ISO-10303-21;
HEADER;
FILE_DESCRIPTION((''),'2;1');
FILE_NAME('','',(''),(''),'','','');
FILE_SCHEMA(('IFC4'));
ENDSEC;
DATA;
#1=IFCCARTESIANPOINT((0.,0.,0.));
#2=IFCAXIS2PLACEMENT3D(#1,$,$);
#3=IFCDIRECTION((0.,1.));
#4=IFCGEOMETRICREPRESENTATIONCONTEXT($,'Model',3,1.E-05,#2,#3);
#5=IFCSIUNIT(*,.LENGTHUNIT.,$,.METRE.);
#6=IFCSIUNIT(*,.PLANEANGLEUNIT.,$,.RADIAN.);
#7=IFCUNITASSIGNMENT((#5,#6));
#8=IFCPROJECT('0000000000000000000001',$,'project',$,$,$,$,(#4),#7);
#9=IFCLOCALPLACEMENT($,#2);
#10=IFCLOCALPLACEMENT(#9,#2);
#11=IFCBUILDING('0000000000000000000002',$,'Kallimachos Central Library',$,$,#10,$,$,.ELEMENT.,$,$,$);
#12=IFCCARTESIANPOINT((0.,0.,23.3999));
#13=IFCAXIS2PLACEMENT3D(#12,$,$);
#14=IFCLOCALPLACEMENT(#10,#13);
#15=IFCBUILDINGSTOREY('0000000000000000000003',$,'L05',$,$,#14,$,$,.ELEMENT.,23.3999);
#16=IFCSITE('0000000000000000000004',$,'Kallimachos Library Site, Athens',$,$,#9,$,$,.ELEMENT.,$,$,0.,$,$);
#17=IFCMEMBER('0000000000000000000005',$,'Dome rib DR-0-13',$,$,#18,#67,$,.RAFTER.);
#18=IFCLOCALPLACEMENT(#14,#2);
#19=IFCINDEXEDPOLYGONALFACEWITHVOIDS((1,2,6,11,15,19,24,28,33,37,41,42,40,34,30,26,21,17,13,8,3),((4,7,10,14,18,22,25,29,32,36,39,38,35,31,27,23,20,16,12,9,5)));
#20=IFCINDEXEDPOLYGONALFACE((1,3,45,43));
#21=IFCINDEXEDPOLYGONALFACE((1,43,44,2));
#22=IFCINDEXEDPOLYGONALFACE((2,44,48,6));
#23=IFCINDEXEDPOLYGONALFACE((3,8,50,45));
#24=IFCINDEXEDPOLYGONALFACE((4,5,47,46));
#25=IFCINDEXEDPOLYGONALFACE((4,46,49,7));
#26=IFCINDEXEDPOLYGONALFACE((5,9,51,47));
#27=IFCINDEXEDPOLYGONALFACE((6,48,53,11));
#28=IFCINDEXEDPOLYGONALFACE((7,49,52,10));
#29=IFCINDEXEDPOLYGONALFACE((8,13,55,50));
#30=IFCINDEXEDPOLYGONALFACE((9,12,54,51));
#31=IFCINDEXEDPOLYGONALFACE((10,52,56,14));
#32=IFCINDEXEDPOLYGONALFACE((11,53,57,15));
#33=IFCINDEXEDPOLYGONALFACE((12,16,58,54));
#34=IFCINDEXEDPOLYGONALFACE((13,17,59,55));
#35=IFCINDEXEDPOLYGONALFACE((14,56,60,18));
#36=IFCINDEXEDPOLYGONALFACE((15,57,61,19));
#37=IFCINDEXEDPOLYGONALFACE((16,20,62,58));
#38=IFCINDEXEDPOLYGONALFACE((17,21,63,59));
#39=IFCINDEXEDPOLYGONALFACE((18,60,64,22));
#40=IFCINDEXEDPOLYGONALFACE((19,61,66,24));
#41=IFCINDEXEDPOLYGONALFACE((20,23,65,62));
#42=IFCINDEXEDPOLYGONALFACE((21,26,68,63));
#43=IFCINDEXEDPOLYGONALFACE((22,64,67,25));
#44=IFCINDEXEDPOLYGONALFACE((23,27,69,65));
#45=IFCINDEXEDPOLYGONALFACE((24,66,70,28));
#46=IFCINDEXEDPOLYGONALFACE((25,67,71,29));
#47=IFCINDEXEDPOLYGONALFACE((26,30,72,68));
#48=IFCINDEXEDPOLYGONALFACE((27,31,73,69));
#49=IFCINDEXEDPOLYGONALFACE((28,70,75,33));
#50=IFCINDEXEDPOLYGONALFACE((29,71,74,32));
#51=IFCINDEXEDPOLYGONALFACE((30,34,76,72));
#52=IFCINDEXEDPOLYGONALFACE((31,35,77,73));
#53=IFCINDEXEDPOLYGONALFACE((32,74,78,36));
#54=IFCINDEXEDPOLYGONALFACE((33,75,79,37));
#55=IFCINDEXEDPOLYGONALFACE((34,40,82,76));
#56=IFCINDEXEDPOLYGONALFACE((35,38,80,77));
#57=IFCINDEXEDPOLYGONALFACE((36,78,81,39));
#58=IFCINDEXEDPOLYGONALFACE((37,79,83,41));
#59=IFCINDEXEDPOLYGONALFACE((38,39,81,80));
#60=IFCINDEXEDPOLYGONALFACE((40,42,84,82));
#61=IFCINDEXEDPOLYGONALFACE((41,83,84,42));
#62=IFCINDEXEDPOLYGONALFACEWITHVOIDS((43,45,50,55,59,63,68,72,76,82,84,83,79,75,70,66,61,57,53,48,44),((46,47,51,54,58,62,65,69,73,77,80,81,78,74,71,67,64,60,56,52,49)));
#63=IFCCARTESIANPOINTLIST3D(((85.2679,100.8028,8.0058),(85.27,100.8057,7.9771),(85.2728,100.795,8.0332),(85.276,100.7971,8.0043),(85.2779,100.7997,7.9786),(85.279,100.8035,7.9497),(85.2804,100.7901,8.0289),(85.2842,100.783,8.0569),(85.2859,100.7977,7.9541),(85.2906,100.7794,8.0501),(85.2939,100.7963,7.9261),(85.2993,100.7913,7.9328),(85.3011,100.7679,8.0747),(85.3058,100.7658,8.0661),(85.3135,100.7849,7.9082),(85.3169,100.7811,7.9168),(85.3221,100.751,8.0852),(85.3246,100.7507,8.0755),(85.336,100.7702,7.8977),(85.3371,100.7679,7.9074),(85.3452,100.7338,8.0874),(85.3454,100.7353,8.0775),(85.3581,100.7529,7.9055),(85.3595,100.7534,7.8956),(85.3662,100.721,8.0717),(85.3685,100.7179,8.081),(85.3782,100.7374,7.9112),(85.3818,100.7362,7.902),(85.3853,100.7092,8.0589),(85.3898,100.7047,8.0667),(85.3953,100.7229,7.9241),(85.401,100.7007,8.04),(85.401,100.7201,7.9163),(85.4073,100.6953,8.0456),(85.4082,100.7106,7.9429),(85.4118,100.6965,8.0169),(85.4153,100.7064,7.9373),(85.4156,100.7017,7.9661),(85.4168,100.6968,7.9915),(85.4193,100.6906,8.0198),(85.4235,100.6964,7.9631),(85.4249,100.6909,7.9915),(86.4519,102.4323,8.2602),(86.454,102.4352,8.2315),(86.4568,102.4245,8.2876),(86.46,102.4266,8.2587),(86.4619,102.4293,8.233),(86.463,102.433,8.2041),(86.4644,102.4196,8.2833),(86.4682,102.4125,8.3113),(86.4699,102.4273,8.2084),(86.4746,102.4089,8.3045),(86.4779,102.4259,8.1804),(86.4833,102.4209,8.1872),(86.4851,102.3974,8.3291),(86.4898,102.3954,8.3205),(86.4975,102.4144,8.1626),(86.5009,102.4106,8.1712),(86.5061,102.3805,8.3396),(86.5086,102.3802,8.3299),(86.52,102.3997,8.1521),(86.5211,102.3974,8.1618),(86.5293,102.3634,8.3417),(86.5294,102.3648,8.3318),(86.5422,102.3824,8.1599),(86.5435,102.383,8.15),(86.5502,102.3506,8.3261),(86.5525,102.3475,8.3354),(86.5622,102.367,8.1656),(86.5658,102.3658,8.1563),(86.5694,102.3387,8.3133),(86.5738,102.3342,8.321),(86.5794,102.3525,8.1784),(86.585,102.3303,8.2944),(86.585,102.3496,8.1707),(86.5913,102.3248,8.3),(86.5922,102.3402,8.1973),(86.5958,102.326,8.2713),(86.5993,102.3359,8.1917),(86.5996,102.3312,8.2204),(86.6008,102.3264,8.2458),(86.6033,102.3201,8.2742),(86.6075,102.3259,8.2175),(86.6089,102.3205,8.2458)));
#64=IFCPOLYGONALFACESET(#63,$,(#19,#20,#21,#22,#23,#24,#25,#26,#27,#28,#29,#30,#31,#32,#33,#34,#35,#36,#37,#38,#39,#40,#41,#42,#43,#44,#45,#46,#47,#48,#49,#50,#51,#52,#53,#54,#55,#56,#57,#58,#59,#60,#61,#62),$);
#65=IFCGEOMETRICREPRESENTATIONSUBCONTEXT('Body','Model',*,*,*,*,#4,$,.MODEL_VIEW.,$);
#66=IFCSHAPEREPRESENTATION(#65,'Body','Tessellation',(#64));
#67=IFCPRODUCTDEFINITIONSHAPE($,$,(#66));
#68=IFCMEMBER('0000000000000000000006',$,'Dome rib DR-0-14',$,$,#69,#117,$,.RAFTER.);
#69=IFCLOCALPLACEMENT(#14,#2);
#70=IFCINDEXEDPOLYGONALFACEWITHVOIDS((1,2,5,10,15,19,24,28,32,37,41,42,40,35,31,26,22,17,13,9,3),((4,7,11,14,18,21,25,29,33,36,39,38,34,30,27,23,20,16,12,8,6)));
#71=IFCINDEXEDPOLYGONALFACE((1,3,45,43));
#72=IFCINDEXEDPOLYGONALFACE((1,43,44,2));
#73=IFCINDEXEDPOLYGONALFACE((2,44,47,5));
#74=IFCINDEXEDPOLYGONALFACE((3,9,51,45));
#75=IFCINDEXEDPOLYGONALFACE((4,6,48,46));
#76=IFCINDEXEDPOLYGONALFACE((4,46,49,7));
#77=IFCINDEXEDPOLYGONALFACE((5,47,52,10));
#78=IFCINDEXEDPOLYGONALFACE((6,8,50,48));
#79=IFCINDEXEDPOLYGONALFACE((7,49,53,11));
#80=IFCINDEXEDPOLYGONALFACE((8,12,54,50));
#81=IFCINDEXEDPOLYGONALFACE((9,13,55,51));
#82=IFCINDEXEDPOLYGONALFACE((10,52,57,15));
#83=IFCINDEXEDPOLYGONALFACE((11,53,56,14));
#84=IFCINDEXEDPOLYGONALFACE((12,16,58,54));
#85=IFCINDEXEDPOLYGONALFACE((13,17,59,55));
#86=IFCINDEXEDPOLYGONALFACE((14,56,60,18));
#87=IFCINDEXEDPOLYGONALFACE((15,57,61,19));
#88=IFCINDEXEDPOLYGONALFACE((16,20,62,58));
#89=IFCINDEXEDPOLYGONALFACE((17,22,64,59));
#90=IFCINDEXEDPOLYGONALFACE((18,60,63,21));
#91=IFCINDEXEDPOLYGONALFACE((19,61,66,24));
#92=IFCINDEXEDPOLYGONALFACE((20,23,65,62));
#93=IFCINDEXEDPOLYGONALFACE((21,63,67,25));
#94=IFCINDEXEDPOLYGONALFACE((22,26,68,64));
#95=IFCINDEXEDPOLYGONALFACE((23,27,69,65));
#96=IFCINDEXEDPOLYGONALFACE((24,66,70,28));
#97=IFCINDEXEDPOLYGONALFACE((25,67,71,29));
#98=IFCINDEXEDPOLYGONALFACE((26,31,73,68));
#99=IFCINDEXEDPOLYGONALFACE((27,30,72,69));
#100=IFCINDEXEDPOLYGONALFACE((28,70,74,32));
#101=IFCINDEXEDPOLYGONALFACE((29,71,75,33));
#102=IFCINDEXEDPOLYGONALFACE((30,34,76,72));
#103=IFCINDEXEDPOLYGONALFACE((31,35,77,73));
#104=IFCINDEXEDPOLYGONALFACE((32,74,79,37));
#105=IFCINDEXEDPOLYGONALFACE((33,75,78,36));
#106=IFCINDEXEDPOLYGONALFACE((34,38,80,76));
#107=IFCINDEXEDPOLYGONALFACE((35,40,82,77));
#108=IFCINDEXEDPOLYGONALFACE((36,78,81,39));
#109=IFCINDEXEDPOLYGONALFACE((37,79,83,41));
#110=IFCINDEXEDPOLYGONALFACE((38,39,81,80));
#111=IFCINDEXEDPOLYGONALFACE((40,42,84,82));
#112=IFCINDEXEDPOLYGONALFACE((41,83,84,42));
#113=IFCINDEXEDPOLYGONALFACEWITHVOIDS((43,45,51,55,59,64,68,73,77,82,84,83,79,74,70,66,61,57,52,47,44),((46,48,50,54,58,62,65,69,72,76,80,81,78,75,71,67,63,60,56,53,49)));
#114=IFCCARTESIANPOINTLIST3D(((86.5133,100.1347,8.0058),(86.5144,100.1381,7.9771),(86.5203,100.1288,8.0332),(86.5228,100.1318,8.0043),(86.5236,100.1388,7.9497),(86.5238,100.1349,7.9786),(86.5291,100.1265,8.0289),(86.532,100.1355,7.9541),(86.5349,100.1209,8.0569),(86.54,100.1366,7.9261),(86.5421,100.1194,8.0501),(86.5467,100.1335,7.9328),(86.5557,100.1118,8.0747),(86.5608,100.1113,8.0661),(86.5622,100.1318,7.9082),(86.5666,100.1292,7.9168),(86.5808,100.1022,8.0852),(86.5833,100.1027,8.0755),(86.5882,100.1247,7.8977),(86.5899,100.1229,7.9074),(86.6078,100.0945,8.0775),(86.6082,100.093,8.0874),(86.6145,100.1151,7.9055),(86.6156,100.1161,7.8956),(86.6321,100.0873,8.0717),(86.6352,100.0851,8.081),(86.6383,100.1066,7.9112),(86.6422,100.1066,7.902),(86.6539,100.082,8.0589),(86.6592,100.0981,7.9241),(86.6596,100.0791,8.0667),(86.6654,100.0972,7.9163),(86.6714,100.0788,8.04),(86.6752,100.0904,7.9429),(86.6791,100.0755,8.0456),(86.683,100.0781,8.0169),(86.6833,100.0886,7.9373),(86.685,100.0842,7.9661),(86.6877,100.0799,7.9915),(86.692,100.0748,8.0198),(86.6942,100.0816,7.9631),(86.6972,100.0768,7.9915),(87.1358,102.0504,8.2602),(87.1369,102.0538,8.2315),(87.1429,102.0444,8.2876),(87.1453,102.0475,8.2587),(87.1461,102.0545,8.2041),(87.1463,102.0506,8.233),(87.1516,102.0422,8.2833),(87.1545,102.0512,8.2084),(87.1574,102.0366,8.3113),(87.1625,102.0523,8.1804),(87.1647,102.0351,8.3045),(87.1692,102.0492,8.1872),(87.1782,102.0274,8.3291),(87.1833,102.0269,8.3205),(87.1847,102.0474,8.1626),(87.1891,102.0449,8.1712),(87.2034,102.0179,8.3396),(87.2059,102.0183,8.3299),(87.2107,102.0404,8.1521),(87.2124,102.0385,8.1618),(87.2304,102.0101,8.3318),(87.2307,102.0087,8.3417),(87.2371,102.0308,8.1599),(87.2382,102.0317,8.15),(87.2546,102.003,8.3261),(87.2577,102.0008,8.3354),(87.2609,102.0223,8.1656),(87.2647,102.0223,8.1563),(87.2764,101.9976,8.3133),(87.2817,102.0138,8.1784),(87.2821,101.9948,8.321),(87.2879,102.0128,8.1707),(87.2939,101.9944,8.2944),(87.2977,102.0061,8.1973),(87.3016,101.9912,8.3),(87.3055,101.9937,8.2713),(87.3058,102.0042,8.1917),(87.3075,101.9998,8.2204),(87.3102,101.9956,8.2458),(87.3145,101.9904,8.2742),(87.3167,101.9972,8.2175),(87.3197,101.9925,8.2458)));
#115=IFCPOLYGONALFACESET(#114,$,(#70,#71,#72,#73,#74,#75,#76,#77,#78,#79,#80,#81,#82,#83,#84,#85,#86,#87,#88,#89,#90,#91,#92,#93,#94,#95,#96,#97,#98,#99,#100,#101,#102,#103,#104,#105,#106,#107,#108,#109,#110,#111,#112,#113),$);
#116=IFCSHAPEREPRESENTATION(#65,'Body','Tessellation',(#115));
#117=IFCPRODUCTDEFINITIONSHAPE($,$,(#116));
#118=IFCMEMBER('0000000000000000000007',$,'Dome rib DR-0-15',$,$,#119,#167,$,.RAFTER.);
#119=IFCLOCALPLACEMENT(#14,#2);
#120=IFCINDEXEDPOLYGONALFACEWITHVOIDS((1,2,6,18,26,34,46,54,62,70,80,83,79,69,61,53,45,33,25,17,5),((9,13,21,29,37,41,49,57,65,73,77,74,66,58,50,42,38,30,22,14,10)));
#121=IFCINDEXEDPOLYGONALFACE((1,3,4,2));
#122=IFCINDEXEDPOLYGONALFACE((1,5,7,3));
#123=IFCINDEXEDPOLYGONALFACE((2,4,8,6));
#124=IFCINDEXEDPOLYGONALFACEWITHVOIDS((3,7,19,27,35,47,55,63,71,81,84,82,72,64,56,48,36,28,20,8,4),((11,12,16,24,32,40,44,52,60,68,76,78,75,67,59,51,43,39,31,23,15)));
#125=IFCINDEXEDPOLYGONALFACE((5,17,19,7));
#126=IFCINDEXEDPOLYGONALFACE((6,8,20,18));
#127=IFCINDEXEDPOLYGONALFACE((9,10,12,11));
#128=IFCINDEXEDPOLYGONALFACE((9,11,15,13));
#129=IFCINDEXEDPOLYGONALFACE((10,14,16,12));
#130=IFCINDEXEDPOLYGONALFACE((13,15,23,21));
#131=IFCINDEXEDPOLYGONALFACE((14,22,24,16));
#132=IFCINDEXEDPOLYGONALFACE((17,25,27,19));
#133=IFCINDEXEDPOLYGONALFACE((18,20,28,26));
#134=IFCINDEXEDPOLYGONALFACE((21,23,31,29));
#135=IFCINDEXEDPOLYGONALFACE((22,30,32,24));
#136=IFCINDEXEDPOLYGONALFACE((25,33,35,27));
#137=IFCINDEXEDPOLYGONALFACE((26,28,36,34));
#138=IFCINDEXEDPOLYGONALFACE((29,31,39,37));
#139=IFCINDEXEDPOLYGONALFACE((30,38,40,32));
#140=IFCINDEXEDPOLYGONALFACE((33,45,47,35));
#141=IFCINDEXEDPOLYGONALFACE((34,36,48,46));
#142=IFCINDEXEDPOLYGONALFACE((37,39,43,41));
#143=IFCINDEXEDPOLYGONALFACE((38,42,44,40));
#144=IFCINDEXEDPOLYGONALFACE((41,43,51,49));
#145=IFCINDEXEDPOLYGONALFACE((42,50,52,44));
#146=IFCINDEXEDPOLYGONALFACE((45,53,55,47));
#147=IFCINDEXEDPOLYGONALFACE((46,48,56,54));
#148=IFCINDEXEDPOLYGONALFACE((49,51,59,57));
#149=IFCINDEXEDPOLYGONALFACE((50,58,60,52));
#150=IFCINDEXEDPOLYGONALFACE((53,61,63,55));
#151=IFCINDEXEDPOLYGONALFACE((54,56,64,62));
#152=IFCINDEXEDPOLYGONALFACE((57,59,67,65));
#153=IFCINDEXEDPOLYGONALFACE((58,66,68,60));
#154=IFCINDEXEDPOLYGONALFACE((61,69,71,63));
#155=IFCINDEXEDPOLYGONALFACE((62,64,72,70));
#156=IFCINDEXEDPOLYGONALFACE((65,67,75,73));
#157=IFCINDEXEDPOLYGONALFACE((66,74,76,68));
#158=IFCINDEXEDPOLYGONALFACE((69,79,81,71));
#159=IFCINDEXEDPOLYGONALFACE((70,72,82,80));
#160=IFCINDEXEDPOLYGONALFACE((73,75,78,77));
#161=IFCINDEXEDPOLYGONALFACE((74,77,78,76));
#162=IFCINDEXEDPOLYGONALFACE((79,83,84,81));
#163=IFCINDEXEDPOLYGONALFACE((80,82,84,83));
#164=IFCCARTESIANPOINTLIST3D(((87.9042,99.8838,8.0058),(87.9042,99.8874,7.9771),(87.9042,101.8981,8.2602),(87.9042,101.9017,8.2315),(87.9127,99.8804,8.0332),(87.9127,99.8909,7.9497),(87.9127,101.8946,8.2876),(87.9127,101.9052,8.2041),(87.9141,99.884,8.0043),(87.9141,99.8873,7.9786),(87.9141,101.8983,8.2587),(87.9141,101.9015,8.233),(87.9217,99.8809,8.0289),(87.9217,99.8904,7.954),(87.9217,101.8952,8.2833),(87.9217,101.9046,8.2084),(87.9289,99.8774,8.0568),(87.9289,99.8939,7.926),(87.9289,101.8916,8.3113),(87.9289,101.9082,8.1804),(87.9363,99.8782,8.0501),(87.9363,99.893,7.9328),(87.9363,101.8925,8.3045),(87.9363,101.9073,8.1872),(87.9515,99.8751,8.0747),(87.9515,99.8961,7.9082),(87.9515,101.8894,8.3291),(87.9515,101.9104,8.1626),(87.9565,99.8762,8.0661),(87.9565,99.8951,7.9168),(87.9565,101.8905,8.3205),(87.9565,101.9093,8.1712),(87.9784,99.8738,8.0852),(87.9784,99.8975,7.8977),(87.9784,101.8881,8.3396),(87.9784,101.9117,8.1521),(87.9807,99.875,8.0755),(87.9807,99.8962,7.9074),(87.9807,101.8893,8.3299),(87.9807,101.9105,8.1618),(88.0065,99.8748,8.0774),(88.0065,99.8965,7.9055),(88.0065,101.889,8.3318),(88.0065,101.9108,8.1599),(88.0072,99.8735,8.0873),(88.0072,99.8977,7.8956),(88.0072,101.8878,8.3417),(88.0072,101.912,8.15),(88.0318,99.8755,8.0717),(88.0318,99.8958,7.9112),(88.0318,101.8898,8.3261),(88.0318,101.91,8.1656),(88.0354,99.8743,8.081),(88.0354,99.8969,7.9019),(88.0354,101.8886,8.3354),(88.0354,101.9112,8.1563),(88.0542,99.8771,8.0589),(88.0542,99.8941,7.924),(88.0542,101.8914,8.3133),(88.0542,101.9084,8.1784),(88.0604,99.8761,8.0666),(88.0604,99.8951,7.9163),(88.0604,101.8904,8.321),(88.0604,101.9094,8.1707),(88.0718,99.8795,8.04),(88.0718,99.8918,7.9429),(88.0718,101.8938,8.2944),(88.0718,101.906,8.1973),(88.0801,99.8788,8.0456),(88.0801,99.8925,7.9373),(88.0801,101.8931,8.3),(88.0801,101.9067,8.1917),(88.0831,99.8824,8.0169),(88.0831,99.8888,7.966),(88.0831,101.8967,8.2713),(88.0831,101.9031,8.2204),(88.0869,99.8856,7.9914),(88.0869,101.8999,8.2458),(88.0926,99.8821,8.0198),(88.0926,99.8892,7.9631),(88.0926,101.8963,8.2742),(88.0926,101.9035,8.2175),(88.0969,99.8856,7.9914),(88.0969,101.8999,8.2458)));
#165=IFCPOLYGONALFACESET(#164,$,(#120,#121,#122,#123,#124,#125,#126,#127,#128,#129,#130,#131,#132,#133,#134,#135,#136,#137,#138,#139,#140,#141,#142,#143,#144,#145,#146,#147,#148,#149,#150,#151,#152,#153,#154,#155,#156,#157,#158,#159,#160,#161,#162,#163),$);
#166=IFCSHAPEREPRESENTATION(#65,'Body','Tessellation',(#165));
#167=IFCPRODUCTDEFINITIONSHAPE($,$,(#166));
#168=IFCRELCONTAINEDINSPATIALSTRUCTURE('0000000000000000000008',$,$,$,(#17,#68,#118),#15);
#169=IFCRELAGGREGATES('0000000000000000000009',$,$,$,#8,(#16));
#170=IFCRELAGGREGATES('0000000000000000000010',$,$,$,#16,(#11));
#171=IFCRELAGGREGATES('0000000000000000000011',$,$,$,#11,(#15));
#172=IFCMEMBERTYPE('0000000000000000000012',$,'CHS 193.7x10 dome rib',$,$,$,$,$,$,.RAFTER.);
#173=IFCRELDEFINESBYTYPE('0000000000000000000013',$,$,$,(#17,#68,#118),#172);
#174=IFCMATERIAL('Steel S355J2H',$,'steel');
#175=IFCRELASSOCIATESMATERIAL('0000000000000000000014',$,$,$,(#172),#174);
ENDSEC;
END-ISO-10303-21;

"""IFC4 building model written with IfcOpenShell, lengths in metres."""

from ifc_helpers import new_model, si_unit, direction, frame, origin, origin_2d, place, context, subcontext, project, spatial, hollow_circle, extrude, material, material_profile, profile_set, type_object, element, save


model = new_model("IFC4")

# Units and contexts
model_context = context("Model", 3, precision=1e-05, world=origin(), true_north=direction((0.0, 1.0)))
body_context = subcontext(model_context, "Body", "Model", "MODEL_VIEW")
ifc_project = project(units=[si_unit("LENGTHUNIT", "METRE"), si_unit("PLANEANGLEUNIT", "RADIAN")], contexts=[model_context])

# Site, building, storey
site_placement = place(None, origin())
site = spatial("IfcSite", under=ifc_project, at=site_placement, Name="Kallimachos Library Site, Athens", CompositionType="ELEMENT", RefElevation=0.0)
building_placement = place(site_placement, origin())
building = spatial("IfcBuilding", under=site, at=building_placement, Name="Kallimachos Central Library", CompositionType="ELEMENT")
storey_placement = place(building_placement, frame((0.0, 0.0, 23.3999)))
storey = spatial("IfcBuildingStorey", under=building, at=storey_placement, Name="L05", CompositionType="ELEMENT", Elevation=23.3999)

# Members
ifc_material_1 = material(Name="Steel S355J2H", Category="steel")
ifc_material_profile_1 = material_profile(ifc_material_1, hollow_circle(Radius=0.0969, WallThickness=0.01, at=origin_2d()), Name="CHS 193.7x10")
ifc_profile_set_1 = profile_set([ifc_material_profile_1], Name="Steel S355J2H")
member_type_1 = type_object("IfcMemberType", Name="CHS 193.7x10 dome rib", PredefinedType="RAFTER", material=ifc_profile_set_1)
for number, where, z_axis, x_axis, name in (
    (1, (86.5305, 102.3774, 8.2458), (-0.583179, -0.802623, -0.125293), (0.808998, -0.587811, 0.0), "Dome rib DR-0-13"),
    (2, (87.2275, 102.0225, 8.2458), (-0.30662, -0.943549, -0.125294), (0.951044, -0.309056, 0.0), "Dome rib DR-0-14"),
    (3, (88.0, 101.8999, 8.2458), (0.0, -0.992118, -0.125308), (1.0, 0.0, 0.0), "Dome rib DR-0-15"),
):
    element("IfcMember", number, at=place(storey_placement, frame(where, z_axis=z_axis, x_axis=x_axis)), inside=storey, type_object=member_type_1, Name=name, PredefinedType="RAFTER", context=body_context, shape_type="SweptSolid", body=[
        extrude(hollow_circle(Radius=0.0969, WallThickness=0.01, at=origin_2d()), origin(), (0.0, 0.0, 1.0), 2.0303),
    ])

save(model, "model.ifc")
